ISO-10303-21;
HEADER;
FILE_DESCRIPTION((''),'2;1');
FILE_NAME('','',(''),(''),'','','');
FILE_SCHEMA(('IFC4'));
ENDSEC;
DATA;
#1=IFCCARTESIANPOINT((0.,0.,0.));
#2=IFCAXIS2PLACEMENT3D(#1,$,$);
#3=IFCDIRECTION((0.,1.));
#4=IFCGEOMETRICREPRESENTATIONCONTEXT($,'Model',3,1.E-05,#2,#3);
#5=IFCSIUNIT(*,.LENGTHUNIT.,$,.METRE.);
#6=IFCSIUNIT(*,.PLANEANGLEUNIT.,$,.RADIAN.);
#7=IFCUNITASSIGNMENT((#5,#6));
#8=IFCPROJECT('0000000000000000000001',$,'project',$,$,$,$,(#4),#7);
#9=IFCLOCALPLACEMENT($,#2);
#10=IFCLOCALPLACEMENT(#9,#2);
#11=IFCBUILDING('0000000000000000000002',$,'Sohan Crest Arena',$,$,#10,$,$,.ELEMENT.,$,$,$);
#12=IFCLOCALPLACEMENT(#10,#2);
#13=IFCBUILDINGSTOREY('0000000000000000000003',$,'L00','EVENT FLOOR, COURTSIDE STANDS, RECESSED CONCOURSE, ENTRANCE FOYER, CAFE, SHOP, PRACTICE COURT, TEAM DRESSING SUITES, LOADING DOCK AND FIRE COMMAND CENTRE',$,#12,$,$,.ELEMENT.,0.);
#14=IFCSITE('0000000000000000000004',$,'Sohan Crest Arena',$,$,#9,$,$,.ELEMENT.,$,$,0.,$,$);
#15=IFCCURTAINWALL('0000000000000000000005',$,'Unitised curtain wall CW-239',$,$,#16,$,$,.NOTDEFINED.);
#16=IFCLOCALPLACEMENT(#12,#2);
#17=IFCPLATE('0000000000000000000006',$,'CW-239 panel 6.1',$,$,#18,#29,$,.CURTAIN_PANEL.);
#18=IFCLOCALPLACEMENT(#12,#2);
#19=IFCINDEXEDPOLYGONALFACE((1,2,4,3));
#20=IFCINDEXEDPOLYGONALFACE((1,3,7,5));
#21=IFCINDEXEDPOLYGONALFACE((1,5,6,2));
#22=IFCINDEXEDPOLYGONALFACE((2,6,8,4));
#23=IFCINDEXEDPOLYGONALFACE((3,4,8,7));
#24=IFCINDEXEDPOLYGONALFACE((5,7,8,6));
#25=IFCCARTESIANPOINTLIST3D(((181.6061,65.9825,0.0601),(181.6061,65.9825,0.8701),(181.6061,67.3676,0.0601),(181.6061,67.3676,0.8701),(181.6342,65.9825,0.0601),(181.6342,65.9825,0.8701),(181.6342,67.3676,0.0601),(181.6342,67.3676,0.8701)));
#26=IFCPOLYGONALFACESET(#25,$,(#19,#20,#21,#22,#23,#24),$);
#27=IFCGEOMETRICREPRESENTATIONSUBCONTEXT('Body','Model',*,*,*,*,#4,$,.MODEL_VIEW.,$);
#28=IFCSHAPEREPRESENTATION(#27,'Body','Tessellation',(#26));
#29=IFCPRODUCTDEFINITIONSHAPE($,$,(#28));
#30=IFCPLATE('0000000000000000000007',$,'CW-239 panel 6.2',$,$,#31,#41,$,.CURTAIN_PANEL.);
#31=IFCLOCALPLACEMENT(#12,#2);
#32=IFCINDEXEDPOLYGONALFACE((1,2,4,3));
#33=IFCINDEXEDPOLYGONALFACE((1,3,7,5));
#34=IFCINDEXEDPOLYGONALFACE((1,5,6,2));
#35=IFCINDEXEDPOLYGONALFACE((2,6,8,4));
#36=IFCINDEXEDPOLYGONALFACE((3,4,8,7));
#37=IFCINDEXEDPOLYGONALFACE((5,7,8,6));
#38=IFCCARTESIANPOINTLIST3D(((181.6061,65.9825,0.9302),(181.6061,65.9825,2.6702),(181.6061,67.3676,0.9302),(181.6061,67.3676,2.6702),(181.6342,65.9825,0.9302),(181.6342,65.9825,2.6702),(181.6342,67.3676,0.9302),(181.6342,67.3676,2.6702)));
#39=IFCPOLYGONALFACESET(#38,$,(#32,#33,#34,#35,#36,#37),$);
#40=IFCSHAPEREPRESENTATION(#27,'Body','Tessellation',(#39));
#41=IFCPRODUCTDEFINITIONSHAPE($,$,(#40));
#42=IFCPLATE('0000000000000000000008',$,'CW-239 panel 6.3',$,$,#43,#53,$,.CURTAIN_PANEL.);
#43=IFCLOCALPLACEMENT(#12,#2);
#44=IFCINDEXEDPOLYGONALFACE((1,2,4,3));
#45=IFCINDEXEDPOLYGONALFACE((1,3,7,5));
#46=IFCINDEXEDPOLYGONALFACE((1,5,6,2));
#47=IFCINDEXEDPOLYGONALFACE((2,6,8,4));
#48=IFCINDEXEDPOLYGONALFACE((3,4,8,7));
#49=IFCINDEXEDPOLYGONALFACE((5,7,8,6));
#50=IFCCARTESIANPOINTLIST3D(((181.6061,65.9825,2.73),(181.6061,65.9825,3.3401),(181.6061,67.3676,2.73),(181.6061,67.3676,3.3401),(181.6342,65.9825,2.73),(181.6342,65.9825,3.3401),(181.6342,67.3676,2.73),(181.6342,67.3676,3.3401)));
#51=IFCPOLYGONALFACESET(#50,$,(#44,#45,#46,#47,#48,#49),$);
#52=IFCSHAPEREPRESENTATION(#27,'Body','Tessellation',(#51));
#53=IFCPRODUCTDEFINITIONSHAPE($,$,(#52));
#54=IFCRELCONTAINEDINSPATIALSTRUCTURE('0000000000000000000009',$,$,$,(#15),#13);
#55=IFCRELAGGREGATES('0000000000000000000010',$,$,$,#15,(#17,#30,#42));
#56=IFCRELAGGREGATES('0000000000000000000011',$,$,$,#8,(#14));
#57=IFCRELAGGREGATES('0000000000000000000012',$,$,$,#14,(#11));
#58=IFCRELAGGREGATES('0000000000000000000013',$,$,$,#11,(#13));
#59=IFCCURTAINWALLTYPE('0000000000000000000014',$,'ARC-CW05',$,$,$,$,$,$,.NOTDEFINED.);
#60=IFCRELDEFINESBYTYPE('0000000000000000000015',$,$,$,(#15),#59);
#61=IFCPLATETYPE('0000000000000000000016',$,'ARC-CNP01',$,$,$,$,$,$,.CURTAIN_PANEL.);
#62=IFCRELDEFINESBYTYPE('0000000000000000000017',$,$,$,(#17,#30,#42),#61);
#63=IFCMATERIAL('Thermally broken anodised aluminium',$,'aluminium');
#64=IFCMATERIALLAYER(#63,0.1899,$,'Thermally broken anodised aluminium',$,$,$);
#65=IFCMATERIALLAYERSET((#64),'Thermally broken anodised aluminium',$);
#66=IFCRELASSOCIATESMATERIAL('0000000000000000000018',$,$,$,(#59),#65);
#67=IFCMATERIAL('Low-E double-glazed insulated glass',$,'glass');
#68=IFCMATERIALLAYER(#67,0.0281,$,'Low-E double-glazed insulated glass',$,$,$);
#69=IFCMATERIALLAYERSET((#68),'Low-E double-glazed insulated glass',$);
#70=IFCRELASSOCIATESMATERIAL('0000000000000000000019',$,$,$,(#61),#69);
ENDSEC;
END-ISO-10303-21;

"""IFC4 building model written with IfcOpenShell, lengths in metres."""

from ifc_helpers import new_model, si_unit, direction, frame, origin, origin_2d, place, context, subcontext, project, spatial, rectangle, extrude, material, layer, layer_set, type_object, element, aggregate, save


model = new_model("IFC4")

# Units and contexts
model_context = context("Model", 3, precision=1e-05, world=origin(), true_north=direction((0.0, 1.0)))
body_context = subcontext(model_context, "Body", "Model", "MODEL_VIEW")
ifc_project = project(units=[si_unit("LENGTHUNIT", "METRE"), si_unit("PLANEANGLEUNIT", "RADIAN")], contexts=[model_context])

# Site, building, storey
site_placement = place(None, origin())
site = spatial("IfcSite", under=ifc_project, at=site_placement, Name="Sohan Crest Arena", CompositionType="ELEMENT", RefElevation=0.0)
building_placement = place(site_placement, origin())
building = spatial("IfcBuilding", under=site, at=building_placement, Name="Sohan Crest Arena", CompositionType="ELEMENT")
storey_placement = place(building_placement, origin())
storey = spatial("IfcBuildingStorey", under=building, at=storey_placement, Name="L00", Description="EVENT FLOOR, COURTSIDE STANDS, RECESSED CONCOURSE, ENTRANCE FOYER, CAFE, SHOP, PRACTICE COURT, TEAM DRESSING SUITES, LOADING DOCK AND FIRE COMMAND CENTRE", CompositionType="ELEMENT", Elevation=0.0)

# Curtain wall
ifc_material_1 = material(Name="Thermally broken anodised aluminium", Category="aluminium")
ifc_layer_1 = layer(ifc_material_1, 0.1899, Name="Thermally broken anodised aluminium")
ifc_layer_set_1 = layer_set([ifc_layer_1], Name="Thermally broken anodised aluminium")
curtain_wall_type = type_object("IfcCurtainWallType", Name="ARC-CW05", PredefinedType="NOTDEFINED", material=ifc_layer_set_1)
curtain_wall_placement = place(storey_placement, origin())
curtain_wall = element("IfcCurtainWall", 1, at=curtain_wall_placement, inside=storey, type_object=curtain_wall_type, Name="Unitised curtain wall CW-239", PredefinedType="NOTDEFINED")

# Plates
ifc_material_2 = material(Name="Low-E double-glazed insulated glass", Category="glass")
ifc_layer_2 = layer(ifc_material_2, 0.0281, Name="Low-E double-glazed insulated glass")
ifc_layer_set_2 = layer_set([ifc_layer_2], Name="Low-E double-glazed insulated glass")
plate_type = type_object("IfcPlateType", Name="ARC-CNP01", PredefinedType="CURTAIN_PANEL", material=ifc_layer_set_2)
plate_1_placement = place(storey_placement, frame((181.6201, 66.675, 0.0601), z_axis=(0.0, 0.0, 1.0), x_axis=(0.0, 1.0, 0.0)))
plate_1 = element("IfcPlate", 2, at=plate_1_placement, type_object=plate_type, Name="CW-239 panel 6.1", PredefinedType="CURTAIN_PANEL", context=body_context, shape_type="SweptSolid", body=[
    extrude(rectangle(XDim=1.385, YDim=0.0281, at=origin_2d()), origin(), (0.0, 0.0, 1.0), 0.8101),
])
plate_2_placement = place(storey_placement, frame((181.6201, 66.675, 0.9302), z_axis=(0.0, 0.0, 1.0), x_axis=(0.0, 1.0, 0.0)))
plate_2 = element("IfcPlate", 3, at=plate_2_placement, type_object=plate_type, Name="CW-239 panel 6.2", PredefinedType="CURTAIN_PANEL", context=body_context, shape_type="SweptSolid", body=[
    extrude(rectangle(XDim=1.385, YDim=0.0281, at=origin_2d()), origin(), (0.0, 0.0, 1.0), 1.74),
])
plate_3_placement = place(storey_placement, frame((181.6201, 66.675, 2.73), z_axis=(0.0, 0.0, 1.0), x_axis=(0.0, 1.0, 0.0)))
plate_3 = element("IfcPlate", 4, at=plate_3_placement, type_object=plate_type, Name="CW-239 panel 6.3", PredefinedType="CURTAIN_PANEL", context=body_context, shape_type="SweptSolid", body=[
    extrude(rectangle(XDim=1.385, YDim=0.0281, at=origin_2d()), origin(), (0.0, 0.0, 1.0), 0.6101),
])
aggregate(curtain_wall, [plate_1, plate_2, plate_3])

save(model, "model.ifc")
